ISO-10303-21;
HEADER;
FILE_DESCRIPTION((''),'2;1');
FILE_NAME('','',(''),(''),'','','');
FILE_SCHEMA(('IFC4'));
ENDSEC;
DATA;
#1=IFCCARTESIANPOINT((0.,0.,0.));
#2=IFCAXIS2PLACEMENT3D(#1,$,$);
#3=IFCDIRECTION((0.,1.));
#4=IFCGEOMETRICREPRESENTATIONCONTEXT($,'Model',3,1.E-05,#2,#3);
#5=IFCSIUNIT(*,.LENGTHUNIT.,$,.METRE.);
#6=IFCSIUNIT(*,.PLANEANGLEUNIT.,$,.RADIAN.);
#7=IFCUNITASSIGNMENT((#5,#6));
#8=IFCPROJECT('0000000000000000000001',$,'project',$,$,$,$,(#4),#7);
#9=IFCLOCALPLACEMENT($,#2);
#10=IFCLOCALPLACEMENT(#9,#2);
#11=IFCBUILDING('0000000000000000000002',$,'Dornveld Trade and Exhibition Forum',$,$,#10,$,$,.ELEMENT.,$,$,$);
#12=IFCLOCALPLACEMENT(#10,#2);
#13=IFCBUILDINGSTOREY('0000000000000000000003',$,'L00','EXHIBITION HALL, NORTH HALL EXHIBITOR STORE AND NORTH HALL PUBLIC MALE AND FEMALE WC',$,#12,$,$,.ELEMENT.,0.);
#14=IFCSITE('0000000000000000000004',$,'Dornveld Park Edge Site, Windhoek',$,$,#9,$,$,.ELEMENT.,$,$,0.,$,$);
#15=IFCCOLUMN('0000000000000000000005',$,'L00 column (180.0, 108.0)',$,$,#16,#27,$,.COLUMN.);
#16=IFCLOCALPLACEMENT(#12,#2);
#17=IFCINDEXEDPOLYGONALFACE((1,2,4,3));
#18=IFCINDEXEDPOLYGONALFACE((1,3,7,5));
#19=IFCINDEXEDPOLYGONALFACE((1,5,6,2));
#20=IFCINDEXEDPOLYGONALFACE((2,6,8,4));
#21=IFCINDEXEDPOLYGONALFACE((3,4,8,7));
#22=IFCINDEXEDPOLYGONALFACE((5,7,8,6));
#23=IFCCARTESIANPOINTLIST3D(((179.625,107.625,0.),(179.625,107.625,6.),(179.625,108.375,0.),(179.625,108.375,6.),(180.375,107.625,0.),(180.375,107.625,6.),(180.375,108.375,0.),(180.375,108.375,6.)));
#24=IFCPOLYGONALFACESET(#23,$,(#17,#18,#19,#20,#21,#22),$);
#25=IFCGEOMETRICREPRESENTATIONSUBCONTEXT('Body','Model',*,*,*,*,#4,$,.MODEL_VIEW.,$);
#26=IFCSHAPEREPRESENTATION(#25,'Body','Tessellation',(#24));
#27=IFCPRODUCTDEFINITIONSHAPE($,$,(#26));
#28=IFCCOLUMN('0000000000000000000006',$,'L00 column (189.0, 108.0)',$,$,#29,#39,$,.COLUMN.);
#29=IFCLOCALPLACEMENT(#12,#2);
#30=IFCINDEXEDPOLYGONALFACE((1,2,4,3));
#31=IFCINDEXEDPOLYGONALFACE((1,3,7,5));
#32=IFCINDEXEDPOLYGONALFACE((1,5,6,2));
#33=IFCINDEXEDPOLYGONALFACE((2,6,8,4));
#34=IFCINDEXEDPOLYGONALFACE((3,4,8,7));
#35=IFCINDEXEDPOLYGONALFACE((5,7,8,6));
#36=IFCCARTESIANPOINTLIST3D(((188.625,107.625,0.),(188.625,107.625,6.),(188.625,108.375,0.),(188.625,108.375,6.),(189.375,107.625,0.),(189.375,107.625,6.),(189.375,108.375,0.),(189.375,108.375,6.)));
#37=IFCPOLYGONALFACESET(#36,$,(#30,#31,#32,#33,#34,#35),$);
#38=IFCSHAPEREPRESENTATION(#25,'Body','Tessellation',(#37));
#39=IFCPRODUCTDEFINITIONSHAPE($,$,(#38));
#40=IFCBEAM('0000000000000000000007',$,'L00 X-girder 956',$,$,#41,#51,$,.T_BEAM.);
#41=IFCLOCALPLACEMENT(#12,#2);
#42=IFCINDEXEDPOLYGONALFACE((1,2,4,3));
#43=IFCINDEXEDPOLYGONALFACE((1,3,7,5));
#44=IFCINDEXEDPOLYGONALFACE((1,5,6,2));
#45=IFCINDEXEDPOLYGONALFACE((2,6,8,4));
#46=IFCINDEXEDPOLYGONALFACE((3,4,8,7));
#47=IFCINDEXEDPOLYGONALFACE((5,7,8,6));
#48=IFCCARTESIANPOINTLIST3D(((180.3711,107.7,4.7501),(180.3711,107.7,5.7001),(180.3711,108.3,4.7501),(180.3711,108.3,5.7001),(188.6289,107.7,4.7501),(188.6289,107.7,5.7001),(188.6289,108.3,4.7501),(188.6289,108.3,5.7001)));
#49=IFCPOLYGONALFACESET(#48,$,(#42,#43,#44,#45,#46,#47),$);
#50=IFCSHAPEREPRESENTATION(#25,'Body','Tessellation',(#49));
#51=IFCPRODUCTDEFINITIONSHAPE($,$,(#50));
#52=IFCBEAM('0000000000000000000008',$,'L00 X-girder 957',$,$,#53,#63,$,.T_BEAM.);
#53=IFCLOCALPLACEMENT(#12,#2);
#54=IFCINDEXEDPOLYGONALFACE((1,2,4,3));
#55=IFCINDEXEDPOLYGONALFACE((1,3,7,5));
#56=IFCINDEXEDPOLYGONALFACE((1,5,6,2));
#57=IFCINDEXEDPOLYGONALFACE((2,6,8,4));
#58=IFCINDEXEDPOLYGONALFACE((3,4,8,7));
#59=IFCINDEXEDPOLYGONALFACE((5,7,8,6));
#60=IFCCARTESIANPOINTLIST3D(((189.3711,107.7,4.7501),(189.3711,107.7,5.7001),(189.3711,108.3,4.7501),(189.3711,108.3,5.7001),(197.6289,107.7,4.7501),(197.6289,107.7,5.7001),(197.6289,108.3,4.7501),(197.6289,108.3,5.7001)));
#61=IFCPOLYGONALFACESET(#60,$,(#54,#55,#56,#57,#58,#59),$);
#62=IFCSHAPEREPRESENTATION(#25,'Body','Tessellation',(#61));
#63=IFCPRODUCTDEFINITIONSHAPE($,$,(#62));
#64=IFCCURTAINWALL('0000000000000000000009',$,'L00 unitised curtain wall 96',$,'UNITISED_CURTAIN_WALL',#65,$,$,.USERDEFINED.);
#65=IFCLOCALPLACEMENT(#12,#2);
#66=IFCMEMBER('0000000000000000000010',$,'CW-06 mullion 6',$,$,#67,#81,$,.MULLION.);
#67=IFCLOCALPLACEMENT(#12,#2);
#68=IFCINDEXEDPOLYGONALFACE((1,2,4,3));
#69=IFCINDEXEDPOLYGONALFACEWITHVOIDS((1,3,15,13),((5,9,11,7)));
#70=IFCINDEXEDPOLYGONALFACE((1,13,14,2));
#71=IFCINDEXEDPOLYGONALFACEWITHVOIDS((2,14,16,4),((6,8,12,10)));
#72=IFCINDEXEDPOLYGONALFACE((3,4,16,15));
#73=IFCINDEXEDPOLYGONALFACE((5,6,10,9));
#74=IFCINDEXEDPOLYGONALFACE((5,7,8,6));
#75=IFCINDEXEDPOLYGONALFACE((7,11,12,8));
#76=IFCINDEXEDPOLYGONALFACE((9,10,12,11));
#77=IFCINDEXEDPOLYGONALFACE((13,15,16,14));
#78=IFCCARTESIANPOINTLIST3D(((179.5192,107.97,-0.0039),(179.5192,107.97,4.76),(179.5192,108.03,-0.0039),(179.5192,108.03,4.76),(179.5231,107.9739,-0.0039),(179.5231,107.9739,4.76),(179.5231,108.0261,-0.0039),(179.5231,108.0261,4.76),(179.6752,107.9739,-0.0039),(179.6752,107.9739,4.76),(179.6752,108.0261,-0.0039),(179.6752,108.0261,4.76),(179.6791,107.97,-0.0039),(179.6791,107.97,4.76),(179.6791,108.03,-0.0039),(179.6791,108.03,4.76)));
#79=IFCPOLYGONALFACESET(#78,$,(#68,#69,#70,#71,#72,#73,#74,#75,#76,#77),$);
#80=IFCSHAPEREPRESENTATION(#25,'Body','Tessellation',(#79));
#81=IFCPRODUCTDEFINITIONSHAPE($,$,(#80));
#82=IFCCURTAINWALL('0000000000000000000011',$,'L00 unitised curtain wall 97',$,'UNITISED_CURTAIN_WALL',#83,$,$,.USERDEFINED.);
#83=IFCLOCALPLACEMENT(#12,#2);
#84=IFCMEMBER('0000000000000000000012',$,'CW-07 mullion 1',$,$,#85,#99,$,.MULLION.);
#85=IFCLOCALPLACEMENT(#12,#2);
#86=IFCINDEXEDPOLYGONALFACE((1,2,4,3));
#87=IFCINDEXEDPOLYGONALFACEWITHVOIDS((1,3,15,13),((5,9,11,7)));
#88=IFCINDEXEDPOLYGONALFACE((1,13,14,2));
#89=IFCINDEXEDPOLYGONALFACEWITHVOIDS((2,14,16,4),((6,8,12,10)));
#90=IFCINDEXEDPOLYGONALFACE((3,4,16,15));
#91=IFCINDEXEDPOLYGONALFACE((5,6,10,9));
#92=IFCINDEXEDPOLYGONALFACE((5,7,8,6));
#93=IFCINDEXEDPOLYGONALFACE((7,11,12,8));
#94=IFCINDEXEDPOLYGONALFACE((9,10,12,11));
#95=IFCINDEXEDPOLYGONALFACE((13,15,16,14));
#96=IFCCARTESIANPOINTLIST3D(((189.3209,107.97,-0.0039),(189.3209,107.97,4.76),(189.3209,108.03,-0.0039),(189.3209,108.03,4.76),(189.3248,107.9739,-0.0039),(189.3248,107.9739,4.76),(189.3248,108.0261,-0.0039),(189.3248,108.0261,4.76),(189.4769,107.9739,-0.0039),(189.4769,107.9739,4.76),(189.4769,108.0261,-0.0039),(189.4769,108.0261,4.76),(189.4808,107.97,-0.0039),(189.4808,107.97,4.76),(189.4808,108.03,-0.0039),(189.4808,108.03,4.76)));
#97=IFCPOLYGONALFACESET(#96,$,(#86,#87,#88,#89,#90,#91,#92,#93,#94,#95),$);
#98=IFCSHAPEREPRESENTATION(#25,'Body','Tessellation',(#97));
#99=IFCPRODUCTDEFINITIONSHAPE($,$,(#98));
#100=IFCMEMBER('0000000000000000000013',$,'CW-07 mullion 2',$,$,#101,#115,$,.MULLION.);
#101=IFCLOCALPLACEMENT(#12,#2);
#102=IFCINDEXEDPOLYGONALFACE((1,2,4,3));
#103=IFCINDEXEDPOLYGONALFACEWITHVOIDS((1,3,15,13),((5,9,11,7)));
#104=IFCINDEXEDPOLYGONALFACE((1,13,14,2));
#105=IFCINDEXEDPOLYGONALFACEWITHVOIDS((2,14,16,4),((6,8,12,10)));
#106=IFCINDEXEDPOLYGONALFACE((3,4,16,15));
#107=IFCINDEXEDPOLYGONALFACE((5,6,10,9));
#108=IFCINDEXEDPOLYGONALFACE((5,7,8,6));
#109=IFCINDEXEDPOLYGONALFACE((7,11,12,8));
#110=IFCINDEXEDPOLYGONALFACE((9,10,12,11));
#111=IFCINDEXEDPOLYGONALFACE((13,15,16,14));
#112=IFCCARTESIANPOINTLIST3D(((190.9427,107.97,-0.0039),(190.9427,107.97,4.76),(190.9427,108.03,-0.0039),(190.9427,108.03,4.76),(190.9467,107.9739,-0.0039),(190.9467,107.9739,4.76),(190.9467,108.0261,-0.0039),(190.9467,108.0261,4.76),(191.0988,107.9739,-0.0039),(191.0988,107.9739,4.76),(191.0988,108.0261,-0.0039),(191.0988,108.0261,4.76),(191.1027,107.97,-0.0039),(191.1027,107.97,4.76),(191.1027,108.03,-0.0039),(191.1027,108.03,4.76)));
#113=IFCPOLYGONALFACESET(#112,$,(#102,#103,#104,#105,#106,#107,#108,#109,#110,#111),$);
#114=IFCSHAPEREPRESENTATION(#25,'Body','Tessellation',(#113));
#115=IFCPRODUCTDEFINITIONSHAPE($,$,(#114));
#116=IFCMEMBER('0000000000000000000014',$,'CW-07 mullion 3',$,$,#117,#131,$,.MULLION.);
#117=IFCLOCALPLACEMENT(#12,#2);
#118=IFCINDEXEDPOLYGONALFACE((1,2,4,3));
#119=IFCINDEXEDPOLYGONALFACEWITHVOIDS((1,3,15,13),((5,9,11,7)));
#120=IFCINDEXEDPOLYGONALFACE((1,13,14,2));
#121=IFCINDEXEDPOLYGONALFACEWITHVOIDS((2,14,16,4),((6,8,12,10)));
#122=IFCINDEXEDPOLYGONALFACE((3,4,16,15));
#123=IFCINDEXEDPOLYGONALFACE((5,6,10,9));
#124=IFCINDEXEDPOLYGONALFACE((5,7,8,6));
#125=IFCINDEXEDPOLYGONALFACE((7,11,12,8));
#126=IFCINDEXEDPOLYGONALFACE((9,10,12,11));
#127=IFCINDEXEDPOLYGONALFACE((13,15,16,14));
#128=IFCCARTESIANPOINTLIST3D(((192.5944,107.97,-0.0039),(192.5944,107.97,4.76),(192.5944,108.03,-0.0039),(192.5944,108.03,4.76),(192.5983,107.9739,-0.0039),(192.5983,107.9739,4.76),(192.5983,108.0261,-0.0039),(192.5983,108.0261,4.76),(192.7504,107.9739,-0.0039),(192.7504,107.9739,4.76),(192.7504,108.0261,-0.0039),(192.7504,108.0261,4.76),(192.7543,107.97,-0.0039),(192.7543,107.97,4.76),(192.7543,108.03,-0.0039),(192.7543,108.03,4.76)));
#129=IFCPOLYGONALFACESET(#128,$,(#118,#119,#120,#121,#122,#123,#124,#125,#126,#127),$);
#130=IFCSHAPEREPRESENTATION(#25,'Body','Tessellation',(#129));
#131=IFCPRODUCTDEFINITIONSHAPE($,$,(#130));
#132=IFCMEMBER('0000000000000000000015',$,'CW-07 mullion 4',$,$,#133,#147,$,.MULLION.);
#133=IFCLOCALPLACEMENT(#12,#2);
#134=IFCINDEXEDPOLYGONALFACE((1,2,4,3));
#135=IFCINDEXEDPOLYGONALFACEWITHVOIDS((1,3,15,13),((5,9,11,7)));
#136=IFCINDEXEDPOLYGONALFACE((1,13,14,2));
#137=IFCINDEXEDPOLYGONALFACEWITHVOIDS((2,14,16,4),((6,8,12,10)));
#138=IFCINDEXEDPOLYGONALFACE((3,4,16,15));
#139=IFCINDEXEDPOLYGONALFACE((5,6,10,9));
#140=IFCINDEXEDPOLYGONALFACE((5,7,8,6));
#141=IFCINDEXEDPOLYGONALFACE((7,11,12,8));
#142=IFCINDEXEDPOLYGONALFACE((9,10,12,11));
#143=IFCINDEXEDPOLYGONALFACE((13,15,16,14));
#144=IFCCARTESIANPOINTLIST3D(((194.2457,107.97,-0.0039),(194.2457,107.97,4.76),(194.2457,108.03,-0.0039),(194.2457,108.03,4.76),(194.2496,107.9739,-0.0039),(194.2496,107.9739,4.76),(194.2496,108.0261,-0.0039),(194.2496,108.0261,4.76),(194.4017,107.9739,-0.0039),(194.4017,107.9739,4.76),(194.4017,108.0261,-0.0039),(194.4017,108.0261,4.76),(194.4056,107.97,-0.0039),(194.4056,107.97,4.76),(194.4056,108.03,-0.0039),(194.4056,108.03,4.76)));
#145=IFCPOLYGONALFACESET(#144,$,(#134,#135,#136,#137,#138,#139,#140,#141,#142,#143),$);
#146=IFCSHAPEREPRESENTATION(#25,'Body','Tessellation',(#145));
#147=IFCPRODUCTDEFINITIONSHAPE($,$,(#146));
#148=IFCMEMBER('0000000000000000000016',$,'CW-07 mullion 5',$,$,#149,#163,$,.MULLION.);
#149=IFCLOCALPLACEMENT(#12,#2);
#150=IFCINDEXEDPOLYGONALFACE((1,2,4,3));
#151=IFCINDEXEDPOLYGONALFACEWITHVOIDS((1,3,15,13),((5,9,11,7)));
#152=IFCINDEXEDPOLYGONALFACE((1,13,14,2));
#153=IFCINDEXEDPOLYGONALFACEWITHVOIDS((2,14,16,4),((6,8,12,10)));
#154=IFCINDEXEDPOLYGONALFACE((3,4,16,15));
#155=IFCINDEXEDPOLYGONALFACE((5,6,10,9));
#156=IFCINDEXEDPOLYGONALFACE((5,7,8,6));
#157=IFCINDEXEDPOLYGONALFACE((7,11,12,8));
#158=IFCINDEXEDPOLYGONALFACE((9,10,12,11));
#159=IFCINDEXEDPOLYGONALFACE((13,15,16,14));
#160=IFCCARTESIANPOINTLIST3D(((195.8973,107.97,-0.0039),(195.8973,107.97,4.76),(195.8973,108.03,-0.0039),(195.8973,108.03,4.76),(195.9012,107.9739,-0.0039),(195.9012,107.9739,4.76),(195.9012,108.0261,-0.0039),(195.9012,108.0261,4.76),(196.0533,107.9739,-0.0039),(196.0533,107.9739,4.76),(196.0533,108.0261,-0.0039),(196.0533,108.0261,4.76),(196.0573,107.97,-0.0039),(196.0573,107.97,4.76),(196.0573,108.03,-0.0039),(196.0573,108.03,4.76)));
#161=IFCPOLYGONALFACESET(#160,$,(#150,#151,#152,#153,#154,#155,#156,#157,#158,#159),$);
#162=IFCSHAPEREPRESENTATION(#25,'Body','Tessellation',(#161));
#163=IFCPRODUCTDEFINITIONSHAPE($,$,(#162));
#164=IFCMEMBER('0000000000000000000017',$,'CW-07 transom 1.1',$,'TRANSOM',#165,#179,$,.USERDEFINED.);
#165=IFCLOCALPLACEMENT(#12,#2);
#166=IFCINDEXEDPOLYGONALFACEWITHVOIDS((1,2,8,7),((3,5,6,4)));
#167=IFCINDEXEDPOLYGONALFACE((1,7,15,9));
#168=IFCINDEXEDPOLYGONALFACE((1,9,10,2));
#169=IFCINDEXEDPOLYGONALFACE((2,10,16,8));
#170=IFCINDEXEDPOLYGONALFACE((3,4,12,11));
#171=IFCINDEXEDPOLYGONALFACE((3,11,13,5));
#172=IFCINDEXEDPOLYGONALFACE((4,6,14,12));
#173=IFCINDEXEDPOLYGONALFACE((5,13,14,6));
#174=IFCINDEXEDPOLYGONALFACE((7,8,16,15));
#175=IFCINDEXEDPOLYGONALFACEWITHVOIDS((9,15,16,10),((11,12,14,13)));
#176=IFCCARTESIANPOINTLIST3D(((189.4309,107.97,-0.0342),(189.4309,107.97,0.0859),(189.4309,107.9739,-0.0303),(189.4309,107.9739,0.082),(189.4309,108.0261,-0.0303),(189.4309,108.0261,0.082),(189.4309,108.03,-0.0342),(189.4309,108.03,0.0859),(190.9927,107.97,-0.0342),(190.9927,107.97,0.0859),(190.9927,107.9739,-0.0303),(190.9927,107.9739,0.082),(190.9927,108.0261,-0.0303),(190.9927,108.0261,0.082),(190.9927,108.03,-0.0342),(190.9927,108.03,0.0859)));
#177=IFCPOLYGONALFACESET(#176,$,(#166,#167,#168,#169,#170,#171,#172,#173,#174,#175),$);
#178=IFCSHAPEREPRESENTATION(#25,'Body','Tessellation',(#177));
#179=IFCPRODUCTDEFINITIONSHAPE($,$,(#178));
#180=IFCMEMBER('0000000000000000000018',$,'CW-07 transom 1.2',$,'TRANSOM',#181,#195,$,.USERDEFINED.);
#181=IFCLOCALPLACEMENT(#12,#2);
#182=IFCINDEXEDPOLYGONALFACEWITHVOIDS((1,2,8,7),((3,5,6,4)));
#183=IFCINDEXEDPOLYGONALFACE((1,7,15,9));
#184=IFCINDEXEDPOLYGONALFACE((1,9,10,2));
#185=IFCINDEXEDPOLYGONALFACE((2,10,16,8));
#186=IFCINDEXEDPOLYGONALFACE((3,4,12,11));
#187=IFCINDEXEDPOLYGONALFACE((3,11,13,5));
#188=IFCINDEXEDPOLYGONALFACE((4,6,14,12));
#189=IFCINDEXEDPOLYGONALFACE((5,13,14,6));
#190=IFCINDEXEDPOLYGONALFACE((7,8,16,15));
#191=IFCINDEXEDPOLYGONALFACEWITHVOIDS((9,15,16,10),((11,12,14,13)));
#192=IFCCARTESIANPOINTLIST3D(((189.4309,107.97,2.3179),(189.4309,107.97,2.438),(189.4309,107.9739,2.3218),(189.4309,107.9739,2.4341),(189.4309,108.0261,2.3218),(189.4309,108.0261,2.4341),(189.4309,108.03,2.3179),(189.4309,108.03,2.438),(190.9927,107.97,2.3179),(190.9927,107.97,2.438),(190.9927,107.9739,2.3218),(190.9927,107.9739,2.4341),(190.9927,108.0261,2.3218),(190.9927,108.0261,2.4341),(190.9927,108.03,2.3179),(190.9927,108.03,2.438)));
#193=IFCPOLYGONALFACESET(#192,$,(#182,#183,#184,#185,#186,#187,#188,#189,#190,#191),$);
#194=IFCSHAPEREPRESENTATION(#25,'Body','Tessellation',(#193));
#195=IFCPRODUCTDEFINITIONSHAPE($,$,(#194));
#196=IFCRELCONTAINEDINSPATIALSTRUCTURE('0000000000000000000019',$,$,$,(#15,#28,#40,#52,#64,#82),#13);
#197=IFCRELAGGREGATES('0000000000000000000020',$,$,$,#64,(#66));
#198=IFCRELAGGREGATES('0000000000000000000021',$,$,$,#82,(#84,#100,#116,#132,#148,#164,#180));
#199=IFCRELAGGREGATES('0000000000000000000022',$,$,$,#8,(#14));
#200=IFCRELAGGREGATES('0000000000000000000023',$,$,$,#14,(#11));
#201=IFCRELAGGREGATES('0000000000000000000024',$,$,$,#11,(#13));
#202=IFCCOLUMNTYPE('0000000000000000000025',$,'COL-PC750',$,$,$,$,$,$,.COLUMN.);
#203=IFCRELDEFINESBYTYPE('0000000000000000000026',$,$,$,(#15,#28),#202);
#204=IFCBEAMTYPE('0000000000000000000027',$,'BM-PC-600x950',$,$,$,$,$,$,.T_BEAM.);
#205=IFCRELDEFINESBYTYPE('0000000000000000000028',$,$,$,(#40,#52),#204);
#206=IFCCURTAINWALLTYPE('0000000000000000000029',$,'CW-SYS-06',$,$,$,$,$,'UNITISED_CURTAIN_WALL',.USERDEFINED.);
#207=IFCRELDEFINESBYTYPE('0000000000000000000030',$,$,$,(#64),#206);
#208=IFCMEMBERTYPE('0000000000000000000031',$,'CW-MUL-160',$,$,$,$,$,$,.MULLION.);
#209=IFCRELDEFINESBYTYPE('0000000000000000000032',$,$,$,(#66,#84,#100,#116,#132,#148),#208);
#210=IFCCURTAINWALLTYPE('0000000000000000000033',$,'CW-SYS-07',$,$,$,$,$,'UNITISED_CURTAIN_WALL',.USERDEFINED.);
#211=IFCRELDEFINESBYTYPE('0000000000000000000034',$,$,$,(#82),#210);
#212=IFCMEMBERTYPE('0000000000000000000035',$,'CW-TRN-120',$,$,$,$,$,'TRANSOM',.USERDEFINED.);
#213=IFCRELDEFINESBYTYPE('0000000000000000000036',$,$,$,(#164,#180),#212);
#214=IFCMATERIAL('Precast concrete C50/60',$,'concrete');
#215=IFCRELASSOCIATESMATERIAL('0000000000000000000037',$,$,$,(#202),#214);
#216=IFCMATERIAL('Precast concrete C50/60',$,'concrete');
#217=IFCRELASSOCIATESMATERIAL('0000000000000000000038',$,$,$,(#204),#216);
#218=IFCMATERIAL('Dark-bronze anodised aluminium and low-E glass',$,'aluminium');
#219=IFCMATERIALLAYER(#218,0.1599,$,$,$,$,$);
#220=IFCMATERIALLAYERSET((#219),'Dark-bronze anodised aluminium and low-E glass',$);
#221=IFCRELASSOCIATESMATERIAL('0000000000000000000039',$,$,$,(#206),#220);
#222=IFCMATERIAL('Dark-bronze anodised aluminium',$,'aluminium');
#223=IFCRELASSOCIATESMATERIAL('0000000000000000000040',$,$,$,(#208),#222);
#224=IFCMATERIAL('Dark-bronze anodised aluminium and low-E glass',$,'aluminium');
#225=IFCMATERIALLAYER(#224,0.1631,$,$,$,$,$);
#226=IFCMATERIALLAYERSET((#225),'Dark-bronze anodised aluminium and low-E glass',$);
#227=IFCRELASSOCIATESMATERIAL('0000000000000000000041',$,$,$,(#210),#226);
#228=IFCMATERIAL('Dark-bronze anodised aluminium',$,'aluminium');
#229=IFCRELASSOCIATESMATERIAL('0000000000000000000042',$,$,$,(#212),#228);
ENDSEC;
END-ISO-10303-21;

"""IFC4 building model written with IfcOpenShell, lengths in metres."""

from ifc_helpers import new_model, si_unit, direction, frame, origin, origin_2d, place, context, subcontext, project, spatial, rectangle, hollow_rectangle, extrude, material, layer, layer_set, material_profile, profile_set, type_object, element, aggregate, save


model = new_model("IFC4")

# Units and contexts
model_context = context("Model", 3, precision=1e-05, world=origin(), true_north=direction((0.0, 1.0)))
body_context = subcontext(model_context, "Body", "Model", "MODEL_VIEW")
ifc_project = project(units=[si_unit("LENGTHUNIT", "METRE"), si_unit("PLANEANGLEUNIT", "RADIAN")], contexts=[model_context])

# Site, building, storey
site_placement = place(None, origin())
site = spatial("IfcSite", under=ifc_project, at=site_placement, Name="Dornveld Park Edge Site, Windhoek", CompositionType="ELEMENT", RefElevation=0.0)
building_placement = place(site_placement, origin())
building = spatial("IfcBuilding", under=site, at=building_placement, Name="Dornveld Trade and Exhibition Forum", CompositionType="ELEMENT")
storey_placement = place(building_placement, origin())
storey = spatial("IfcBuildingStorey", under=building, at=storey_placement, Name="L00", Description="EXHIBITION HALL, NORTH HALL EXHIBITOR STORE AND NORTH HALL PUBLIC MALE AND FEMALE WC", CompositionType="ELEMENT", Elevation=0.0)

# Columns
ifc_material_1 = material(Name="Precast concrete C50/60", Category="concrete")
ifc_material_profile_1 = material_profile(ifc_material_1, rectangle(XDim=0.75, YDim=0.75, at=origin_2d()), Name="PC-COL 750x750")
ifc_profile_set_1 = profile_set([ifc_material_profile_1], Name="Precast concrete C50/60")
column_type = type_object("IfcColumnType", Name="COL-PC750", PredefinedType="COLUMN", material=ifc_profile_set_1)
for number, where, z_axis, x_axis, name in (
    (1, (180.0, 108.0, 0.0), (0.0, 0.0, 1.0), (1.0, 0.0, 0.0), "L00 column (180.0, 108.0)"),
    (2, (189.0, 108.0, 0.0), (0.0, 0.0, 1.0), (1.0, 0.0, 0.0), "L00 column (189.0, 108.0)"),
):
    element("IfcColumn", number, at=place(storey_placement, frame(where, z_axis=z_axis, x_axis=x_axis)), inside=storey, type_object=column_type, Name=name, PredefinedType="COLUMN", context=body_context, shape_type="SweptSolid", body=[
        extrude(rectangle(XDim=0.75, YDim=0.75, at=origin_2d()), origin(), (0.0, 0.0, 1.0), 6.0),
    ])

# Beams
ifc_material_2 = material(Name="Precast concrete C50/60", Category="concrete")
ifc_material_profile_2 = material_profile(ifc_material_2, rectangle(XDim=0.6001, YDim=0.95, at=origin_2d()), Name="PC-GIR 600x950")
ifc_profile_set_2 = profile_set([ifc_material_profile_2], Name="Precast concrete C50/60")
beam_type = type_object("IfcBeamType", Name="BM-PC-600x950", PredefinedType="T_BEAM", material=ifc_profile_set_2)
for number, where, z_axis, x_axis, name in (
    (3, (180.3711, 108.0, 5.2251), (1.0, 0.0, 0.0), (0.0, 1.0, 0.0), "L00 X-girder 956"),
    (4, (189.3711, 108.0, 5.2251), (1.0, 0.0, 0.0), (0.0, 1.0, 0.0), "L00 X-girder 957"),
):
    element("IfcBeam", number, at=place(storey_placement, frame(where, z_axis=z_axis, x_axis=x_axis)), inside=storey, type_object=beam_type, Name=name, PredefinedType="T_BEAM", context=body_context, shape_type="SweptSolid", body=[
        extrude(rectangle(XDim=0.6001, YDim=0.95, at=origin_2d()), origin(), (0.0, 0.0, 1.0), 8.2578),
    ])

# Curtain wall, member
ifc_material_3 = material(Name="Dark-bronze anodised aluminium and low-E glass", Category="aluminium")
ifc_layer_1 = layer(ifc_material_3, 0.1599)
ifc_layer_set_1 = layer_set([ifc_layer_1], Name="Dark-bronze anodised aluminium and low-E glass")
curtain_wall_type_1 = type_object("IfcCurtainWallType", Name="CW-SYS-06", ElementType="UNITISED_CURTAIN_WALL", PredefinedType="USERDEFINED", material=ifc_layer_set_1)
curtain_wall_1_placement = place(storey_placement, origin())
curtain_wall_1 = element("IfcCurtainWall", 5, at=curtain_wall_1_placement, inside=storey, type_object=curtain_wall_type_1, Name="L00 unitised curtain wall 96", ObjectType="UNITISED_CURTAIN_WALL", PredefinedType="USERDEFINED")
ifc_material_4 = material(Name="Dark-bronze anodised aluminium", Category="aluminium")
ifc_material_profile_3 = material_profile(ifc_material_4, hollow_rectangle(XDim=0.0601, YDim=0.1599, WallThickness=0.0039, at=origin_2d()), Name="RHS 160x60x4")
ifc_profile_set_3 = profile_set([ifc_material_profile_3], Name="Dark-bronze anodised aluminium")
member_type_1 = type_object("IfcMemberType", Name="CW-MUL-160", PredefinedType="MULLION", material=ifc_profile_set_3)
member_1_placement = place(storey_placement, frame((179.5991, 108.0, -0.0039), z_axis=(0.0, 0.0, 1.0), x_axis=(0.0, 1.0, 0.0)))
member_1 = element("IfcMember", 6, at=member_1_placement, type_object=member_type_1, Name="CW-06 mullion 6", PredefinedType="MULLION", context=body_context, shape_type="SweptSolid", body=[
    extrude(hollow_rectangle(XDim=0.0601, YDim=0.1599, WallThickness=0.0039, at=origin_2d()), origin(), (0.0, 0.0, 1.0), 4.7639),
])
aggregate(curtain_wall_1, [member_1])

# Curtain wall, members
ifc_material_5 = material(Name="Dark-bronze anodised aluminium and low-E glass", Category="aluminium")
ifc_layer_2 = layer(ifc_material_5, 0.1631)
ifc_layer_set_2 = layer_set([ifc_layer_2], Name="Dark-bronze anodised aluminium and low-E glass")
curtain_wall_type_2 = type_object("IfcCurtainWallType", Name="CW-SYS-07", ElementType="UNITISED_CURTAIN_WALL", PredefinedType="USERDEFINED", material=ifc_layer_set_2)
curtain_wall_2_placement = place(storey_placement, origin())
curtain_wall_2 = element("IfcCurtainWall", 7, at=curtain_wall_2_placement, inside=storey, type_object=curtain_wall_type_2, Name="L00 unitised curtain wall 97", ObjectType="UNITISED_CURTAIN_WALL", PredefinedType="USERDEFINED")
member_2_placement = place(storey_placement, frame((189.4009, 108.0, -0.0039), z_axis=(0.0, 0.0, 1.0), x_axis=(0.0, 1.0, 0.0)))
member_2 = element("IfcMember", 8, at=member_2_placement, type_object=member_type_1, Name="CW-07 mullion 1", PredefinedType="MULLION", context=body_context, shape_type="SweptSolid", body=[
    extrude(hollow_rectangle(XDim=0.0601, YDim=0.1599, WallThickness=0.0039, at=origin_2d()), origin(), (0.0, 0.0, 1.0), 4.7639),
])
member_3_placement = place(storey_placement, frame((191.0227, 108.0, -0.0039), z_axis=(0.0, 0.0, 1.0), x_axis=(0.0, 1.0, 0.0)))
member_3 = element("IfcMember", 9, at=member_3_placement, type_object=member_type_1, Name="CW-07 mullion 2", PredefinedType="MULLION", context=body_context, shape_type="SweptSolid", body=[
    extrude(hollow_rectangle(XDim=0.0601, YDim=0.1599, WallThickness=0.0039, at=origin_2d()), origin(), (0.0, 0.0, 1.0), 4.7639),
])
member_4_placement = place(storey_placement, frame((192.6743, 108.0, -0.0039), z_axis=(0.0, 0.0, 1.0), x_axis=(0.0, 1.0, 0.0)))
member_4 = element("IfcMember", 10, at=member_4_placement, type_object=member_type_1, Name="CW-07 mullion 3", PredefinedType="MULLION", context=body_context, shape_type="SweptSolid", body=[
    extrude(hollow_rectangle(XDim=0.0601, YDim=0.1599, WallThickness=0.0039, at=origin_2d()), origin(), (0.0, 0.0, 1.0), 4.7639),
])
member_5_placement = place(storey_placement, frame((194.3257, 108.0, -0.0039), z_axis=(0.0, 0.0, 1.0), x_axis=(0.0, 1.0, 0.0)))
member_5 = element("IfcMember", 11, at=member_5_placement, type_object=member_type_1, Name="CW-07 mullion 4", PredefinedType="MULLION", context=body_context, shape_type="SweptSolid", body=[
    extrude(hollow_rectangle(XDim=0.0601, YDim=0.1599, WallThickness=0.0039, at=origin_2d()), origin(), (0.0, 0.0, 1.0), 4.7639),
])
member_6_placement = place(storey_placement, frame((195.9773, 108.0, -0.0039), z_axis=(0.0, 0.0, 1.0), x_axis=(0.0, 1.0, 0.0)))
member_6 = element("IfcMember", 12, at=member_6_placement, type_object=member_type_1, Name="CW-07 mullion 5", PredefinedType="MULLION", context=body_context, shape_type="SweptSolid", body=[
    extrude(hollow_rectangle(XDim=0.0601, YDim=0.1599, WallThickness=0.0039, at=origin_2d()), origin(), (0.0, 0.0, 1.0), 4.7639),
])
ifc_material_6 = material(Name="Dark-bronze anodised aluminium", Category="aluminium")
ifc_material_profile_4 = material_profile(ifc_material_6, hollow_rectangle(XDim=0.0601, YDim=0.1201, WallThickness=0.0039, at=origin_2d()), Name="RHS 120x60x4")
ifc_profile_set_4 = profile_set([ifc_material_profile_4], Name="Dark-bronze anodised aluminium")
member_type_2 = type_object("IfcMemberType", Name="CW-TRN-120", ElementType="TRANSOM", PredefinedType="USERDEFINED", material=ifc_profile_set_4)
member_7_placement = place(storey_placement, frame((189.4309, 108.0, 0.0259), z_axis=(1.0, 0.0, 0.0), x_axis=(0.0, 1.0, 0.0)))
member_7 = element("IfcMember", 13, at=member_7_placement, type_object=member_type_2, Name="CW-07 transom 1.1", ObjectType="TRANSOM", PredefinedType="USERDEFINED", context=body_context, shape_type="SweptSolid", body=[
    extrude(hollow_rectangle(XDim=0.0601, YDim=0.1201, WallThickness=0.0039, at=origin_2d()), origin(), (0.0, 0.0, 1.0), 1.5618),
])
member_8_placement = place(storey_placement, frame((189.4309, 108.0, 2.3779), z_axis=(1.0, 0.0, 0.0), x_axis=(0.0, 1.0, 0.0)))
member_8 = element("IfcMember", 14, at=member_8_placement, type_object=member_type_2, Name="CW-07 transom 1.2", ObjectType="TRANSOM", PredefinedType="USERDEFINED", context=body_context, shape_type="SweptSolid", body=[
    extrude(hollow_rectangle(XDim=0.0601, YDim=0.1201, WallThickness=0.0039, at=origin_2d()), origin(), (0.0, 0.0, 1.0), 1.5618),
])
aggregate(curtain_wall_2, [member_2, member_3, member_4, member_5, member_6, member_7, member_8])

save(model, "model.ifc")
